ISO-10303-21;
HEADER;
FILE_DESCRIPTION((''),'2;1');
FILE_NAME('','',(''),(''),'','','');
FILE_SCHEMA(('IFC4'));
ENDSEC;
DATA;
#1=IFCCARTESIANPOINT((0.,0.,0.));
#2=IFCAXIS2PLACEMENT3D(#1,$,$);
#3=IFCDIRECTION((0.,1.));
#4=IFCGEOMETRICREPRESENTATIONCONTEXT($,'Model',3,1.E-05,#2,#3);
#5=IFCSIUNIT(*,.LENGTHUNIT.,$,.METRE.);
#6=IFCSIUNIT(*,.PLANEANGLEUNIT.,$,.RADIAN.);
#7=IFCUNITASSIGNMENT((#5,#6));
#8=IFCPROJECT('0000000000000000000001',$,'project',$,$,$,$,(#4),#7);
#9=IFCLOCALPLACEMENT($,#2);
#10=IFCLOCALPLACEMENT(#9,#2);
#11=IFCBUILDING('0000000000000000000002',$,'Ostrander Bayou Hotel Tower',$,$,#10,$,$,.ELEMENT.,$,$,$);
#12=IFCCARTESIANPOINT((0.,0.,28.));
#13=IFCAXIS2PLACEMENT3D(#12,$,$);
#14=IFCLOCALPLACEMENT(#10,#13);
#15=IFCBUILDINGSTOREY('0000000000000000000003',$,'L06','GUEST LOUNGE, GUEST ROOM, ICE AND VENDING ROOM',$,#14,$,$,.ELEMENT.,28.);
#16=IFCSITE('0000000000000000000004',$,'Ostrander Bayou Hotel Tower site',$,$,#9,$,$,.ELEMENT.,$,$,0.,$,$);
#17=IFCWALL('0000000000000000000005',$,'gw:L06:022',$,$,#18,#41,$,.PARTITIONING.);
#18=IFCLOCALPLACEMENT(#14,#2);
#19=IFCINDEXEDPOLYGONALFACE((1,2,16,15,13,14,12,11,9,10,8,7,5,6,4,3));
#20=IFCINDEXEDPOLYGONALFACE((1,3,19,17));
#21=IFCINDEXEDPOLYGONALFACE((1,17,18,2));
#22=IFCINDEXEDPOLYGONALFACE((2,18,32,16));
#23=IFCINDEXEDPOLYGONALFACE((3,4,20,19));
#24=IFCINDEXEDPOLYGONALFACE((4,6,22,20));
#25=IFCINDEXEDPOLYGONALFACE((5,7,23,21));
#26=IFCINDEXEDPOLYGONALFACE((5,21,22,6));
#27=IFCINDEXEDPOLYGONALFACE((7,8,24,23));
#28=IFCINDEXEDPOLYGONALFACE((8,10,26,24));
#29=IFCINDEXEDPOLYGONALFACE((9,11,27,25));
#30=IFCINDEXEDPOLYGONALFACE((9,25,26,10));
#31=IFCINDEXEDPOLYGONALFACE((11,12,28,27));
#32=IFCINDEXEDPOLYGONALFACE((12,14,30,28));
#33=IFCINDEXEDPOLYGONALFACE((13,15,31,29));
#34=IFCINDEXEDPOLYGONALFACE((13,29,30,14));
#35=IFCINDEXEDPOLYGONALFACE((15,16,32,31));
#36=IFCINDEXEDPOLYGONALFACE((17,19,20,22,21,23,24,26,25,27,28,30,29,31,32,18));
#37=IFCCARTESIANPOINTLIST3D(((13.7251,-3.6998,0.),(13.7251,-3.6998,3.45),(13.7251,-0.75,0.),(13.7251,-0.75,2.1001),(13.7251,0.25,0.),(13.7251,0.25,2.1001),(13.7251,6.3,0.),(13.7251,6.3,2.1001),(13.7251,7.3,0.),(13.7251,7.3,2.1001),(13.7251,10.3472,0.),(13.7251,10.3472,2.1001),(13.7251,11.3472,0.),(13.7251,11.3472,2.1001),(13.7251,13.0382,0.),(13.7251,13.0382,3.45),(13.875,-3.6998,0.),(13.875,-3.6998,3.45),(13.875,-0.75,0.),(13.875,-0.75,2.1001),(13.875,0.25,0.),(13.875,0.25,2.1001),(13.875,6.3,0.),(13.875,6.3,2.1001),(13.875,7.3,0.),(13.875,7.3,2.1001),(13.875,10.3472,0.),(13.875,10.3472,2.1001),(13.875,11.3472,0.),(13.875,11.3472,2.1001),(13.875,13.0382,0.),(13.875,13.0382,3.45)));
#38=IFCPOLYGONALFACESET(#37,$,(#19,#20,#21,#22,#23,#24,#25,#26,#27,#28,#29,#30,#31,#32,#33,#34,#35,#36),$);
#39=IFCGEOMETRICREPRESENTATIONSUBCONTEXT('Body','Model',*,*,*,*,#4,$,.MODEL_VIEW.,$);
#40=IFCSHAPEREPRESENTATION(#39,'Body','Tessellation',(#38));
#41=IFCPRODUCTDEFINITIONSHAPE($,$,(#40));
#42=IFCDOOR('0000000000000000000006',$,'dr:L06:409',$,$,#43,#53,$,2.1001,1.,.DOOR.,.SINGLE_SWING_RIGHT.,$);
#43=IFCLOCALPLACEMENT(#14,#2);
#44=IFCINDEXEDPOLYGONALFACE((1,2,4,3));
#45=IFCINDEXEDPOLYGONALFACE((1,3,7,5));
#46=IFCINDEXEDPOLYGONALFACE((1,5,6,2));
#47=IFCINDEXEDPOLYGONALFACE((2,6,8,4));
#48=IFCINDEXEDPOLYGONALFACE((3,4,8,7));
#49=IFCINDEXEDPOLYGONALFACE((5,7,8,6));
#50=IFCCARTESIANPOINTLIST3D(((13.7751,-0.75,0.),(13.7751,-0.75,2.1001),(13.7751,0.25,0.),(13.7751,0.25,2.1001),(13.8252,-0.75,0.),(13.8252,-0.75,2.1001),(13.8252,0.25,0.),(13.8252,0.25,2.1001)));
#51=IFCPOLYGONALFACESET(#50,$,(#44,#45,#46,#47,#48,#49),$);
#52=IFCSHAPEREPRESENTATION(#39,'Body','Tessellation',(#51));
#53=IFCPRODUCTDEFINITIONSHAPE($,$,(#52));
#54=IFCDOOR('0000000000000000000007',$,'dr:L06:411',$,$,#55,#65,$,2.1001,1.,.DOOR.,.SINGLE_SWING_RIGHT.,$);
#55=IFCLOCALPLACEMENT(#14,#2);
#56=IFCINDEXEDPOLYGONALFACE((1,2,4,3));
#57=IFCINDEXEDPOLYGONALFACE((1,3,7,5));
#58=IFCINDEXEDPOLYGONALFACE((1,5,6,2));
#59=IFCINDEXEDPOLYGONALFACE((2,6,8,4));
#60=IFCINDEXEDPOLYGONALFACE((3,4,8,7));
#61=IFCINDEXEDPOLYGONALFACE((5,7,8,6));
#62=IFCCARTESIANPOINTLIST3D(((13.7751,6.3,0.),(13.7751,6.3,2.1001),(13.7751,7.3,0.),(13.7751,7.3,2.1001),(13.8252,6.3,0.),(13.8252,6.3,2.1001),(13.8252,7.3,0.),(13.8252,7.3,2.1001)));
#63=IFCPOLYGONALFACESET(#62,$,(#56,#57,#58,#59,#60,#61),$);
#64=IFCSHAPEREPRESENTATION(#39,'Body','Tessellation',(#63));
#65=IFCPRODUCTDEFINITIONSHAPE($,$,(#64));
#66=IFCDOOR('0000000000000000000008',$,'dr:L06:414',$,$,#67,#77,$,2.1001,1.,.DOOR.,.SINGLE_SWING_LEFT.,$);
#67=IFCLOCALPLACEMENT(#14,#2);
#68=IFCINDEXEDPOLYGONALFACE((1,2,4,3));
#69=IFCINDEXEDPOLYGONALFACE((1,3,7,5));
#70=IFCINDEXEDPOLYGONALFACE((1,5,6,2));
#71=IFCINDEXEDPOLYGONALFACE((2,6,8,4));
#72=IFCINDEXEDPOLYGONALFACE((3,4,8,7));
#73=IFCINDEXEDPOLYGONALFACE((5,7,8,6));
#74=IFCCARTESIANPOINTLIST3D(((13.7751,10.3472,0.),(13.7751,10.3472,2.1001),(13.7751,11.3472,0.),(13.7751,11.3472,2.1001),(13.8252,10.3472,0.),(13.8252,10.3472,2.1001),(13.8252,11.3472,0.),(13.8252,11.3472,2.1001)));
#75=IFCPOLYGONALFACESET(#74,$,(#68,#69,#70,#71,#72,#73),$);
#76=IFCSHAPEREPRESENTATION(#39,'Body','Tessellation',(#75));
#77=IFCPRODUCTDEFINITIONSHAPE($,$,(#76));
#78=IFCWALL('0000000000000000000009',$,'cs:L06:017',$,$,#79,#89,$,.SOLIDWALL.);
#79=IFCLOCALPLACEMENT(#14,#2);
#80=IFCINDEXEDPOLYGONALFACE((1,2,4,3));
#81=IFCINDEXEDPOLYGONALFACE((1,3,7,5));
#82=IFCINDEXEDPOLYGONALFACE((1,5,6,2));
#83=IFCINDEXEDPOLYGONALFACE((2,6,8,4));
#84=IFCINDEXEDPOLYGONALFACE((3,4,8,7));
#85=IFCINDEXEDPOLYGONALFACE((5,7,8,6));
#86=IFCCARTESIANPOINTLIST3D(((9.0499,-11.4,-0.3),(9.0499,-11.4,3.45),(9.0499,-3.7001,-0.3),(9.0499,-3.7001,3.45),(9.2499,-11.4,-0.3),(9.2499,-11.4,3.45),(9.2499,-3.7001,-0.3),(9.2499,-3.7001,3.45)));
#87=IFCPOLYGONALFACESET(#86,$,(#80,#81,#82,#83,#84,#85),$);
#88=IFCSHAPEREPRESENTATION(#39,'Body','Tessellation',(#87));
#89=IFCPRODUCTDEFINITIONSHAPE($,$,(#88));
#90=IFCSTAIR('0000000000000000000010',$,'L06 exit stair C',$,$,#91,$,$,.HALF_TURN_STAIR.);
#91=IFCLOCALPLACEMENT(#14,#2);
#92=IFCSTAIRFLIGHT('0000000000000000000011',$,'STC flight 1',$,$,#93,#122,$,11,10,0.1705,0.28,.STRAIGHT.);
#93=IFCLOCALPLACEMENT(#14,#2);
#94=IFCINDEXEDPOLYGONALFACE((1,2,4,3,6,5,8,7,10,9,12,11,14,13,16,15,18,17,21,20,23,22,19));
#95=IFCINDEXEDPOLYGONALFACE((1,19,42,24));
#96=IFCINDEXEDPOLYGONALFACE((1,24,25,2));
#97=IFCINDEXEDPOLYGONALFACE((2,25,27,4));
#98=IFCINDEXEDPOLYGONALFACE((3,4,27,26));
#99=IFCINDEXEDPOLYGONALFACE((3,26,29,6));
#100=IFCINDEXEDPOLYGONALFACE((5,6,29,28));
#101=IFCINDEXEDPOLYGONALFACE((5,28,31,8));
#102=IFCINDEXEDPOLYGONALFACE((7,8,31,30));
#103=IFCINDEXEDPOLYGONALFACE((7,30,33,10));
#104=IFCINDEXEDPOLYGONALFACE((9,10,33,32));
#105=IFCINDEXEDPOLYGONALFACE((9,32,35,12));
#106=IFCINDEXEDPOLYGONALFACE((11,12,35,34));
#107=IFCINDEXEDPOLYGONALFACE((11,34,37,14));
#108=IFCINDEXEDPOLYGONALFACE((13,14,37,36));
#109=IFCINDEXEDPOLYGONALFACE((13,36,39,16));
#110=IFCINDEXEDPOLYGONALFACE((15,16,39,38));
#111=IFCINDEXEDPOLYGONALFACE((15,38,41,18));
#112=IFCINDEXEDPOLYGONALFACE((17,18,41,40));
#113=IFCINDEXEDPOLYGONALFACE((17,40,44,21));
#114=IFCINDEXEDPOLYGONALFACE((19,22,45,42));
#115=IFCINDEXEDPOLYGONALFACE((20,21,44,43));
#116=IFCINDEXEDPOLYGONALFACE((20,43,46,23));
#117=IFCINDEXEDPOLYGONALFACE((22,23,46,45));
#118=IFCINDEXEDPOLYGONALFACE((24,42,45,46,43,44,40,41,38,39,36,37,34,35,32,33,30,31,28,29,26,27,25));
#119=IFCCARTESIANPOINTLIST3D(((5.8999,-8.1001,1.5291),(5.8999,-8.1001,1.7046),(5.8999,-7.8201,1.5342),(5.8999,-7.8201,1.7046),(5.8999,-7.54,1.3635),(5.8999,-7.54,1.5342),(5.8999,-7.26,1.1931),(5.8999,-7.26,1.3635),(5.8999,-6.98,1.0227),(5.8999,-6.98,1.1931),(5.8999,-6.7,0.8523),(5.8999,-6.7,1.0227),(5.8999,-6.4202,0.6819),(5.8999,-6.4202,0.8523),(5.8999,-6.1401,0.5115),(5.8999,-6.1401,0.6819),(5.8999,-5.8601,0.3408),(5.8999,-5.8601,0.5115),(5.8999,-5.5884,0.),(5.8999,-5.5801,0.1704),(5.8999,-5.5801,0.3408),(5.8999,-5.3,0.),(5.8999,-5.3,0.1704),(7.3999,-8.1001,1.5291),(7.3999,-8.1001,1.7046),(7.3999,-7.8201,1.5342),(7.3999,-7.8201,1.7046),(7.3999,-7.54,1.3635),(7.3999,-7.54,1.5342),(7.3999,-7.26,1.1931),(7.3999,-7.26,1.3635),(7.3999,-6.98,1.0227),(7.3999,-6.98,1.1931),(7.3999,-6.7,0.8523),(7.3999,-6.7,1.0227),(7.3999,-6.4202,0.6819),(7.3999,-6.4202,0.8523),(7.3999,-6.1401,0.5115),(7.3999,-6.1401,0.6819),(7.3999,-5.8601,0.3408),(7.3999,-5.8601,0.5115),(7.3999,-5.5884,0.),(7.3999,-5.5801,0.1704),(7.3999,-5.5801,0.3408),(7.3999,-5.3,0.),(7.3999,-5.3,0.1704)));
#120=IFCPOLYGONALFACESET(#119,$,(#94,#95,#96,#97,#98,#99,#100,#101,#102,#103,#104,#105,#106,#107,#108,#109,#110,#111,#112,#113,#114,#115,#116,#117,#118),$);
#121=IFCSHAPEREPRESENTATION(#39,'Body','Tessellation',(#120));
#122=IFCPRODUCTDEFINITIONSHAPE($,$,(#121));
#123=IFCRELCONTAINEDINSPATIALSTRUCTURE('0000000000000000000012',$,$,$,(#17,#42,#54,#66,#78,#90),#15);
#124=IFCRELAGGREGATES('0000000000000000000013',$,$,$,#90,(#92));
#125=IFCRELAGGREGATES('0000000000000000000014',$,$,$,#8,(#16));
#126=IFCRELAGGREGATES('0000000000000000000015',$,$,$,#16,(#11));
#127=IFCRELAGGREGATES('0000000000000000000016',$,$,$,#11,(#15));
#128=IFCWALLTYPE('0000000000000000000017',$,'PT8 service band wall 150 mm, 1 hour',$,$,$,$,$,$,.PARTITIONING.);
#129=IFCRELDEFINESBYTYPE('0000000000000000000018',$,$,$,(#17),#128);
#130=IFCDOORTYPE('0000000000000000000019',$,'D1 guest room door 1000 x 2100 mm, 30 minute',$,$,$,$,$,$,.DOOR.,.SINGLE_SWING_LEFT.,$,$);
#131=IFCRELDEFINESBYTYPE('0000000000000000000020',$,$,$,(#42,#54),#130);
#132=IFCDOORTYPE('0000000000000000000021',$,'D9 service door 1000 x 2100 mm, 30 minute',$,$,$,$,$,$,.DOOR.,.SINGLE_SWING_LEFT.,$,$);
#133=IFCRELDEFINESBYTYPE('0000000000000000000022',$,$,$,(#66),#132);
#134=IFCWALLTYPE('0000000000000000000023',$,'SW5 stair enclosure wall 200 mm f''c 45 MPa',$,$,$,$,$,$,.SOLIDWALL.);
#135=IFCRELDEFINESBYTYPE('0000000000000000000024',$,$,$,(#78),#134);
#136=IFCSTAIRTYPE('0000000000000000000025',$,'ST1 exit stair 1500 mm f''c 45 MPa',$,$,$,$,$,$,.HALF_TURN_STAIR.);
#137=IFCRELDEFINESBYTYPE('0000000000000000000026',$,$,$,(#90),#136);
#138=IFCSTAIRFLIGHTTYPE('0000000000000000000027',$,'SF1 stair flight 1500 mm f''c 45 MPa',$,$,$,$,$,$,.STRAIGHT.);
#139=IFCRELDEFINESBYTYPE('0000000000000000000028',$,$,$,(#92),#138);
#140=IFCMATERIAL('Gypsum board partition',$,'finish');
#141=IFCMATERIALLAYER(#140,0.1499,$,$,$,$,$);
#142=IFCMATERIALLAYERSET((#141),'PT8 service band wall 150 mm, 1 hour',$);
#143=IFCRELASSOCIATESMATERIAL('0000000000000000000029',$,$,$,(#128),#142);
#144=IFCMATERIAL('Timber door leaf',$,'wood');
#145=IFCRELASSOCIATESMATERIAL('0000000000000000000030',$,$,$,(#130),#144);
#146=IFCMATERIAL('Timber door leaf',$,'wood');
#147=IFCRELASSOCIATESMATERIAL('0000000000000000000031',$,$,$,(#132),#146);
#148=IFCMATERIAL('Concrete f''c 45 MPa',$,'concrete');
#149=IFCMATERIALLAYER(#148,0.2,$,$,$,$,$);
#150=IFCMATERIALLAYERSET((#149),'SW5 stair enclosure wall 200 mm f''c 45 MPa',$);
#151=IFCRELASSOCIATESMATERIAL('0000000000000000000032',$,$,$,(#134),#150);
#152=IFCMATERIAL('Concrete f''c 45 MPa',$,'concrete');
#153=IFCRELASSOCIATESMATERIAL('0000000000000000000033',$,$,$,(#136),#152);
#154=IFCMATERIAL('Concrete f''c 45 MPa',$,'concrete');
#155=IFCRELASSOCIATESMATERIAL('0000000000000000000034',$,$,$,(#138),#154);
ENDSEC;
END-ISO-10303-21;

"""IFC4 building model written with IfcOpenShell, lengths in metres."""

from ifc_helpers import new_model, si_unit, direction, frame, frame_2d, origin, place, context, subcontext, project, spatial, polyline, rectangle, outline, extrude, material, layer, layer_set, type_object, element, fill, aggregate, save


model = new_model("IFC4")

# Units and contexts
model_context = context("Model", 3, precision=1e-05, world=origin(), true_north=direction((0.0, 1.0)))
body_context = subcontext(model_context, "Body", "Model", "MODEL_VIEW")
ifc_project = project(units=[si_unit("LENGTHUNIT", "METRE"), si_unit("PLANEANGLEUNIT", "RADIAN")], contexts=[model_context])

# Site, building, storey
site_placement = place(None, origin())
site = spatial("IfcSite", under=ifc_project, at=site_placement, Name="Ostrander Bayou Hotel Tower site", CompositionType="ELEMENT", RefElevation=0.0)
building_placement = place(site_placement, origin())
building = spatial("IfcBuilding", under=site, at=building_placement, Name="Ostrander Bayou Hotel Tower", CompositionType="ELEMENT")
storey_placement = place(building_placement, frame((0.0, 0.0, 28.0)))
storey = spatial("IfcBuildingStorey", under=building, at=storey_placement, Name="L06", Description="GUEST LOUNGE, GUEST ROOM, ICE AND VENDING ROOM", CompositionType="ELEMENT", Elevation=28.0)

# Shared definitions
ifc_material_1 = material(Name="Gypsum board partition", Category="finish")
ifc_layer_1 = layer(ifc_material_1, 0.1499)
ifc_layer_set_1 = layer_set([ifc_layer_1], Name="PT8 service band wall 150 mm, 1 hour")
wall_type_1 = type_object("IfcWallType", Name="PT8 service band wall 150 mm, 1 hour", PredefinedType="PARTITIONING", material=ifc_layer_set_1)

# Wall, openings, doors
wall_1_placement = place(storey_placement, frame((13.8, -3.7, 0.0), z_axis=(0.0, 0.0, 1.0), x_axis=(0.0, 1.0, 0.0)))
wall_1 = element("IfcWall", 1, at=wall_1_placement, inside=storey, type_object=wall_type_1, Name="gw:L06:022", PredefinedType="PARTITIONING", context=body_context, shape_type="SweptSolid", body=[
    extrude(rectangle(XDim=16.738, YDim=0.1499, at=frame_2d((8.3691, 0.0))), origin(), (0.0, 0.0, 1.0), 3.45),
])
opening_1_placement = place(wall_1_placement, frame((2.95, 0.0, 0.0)))
opening_1 = element("IfcOpeningElement", 2, at=opening_1_placement, cuts=wall_1, PredefinedType="OPENING", context=body_context, shape_type="SweptSolid", body=[
    extrude(rectangle(XDim=1.0, YDim=2.1001, at=frame_2d((0.5, 1.05))), frame((0.0, 0.075, 0.0), z_axis=(0.0, -1.0, 0.0), x_axis=(1.0, 0.0, 0.0)), (0.0, 0.0, 1.0), 0.1499),
])
opening_2_placement = place(wall_1_placement, frame((10.0, 0.0, 0.0)))
opening_2 = element("IfcOpeningElement", 3, at=opening_2_placement, cuts=wall_1, PredefinedType="OPENING", context=body_context, shape_type="SweptSolid", body=[
    extrude(rectangle(XDim=1.0, YDim=2.1001, at=frame_2d((0.5, 1.05))), frame((0.0, 0.075, 0.0), z_axis=(0.0, -1.0, 0.0), x_axis=(1.0, 0.0, 0.0)), (0.0, 0.0, 1.0), 0.1499),
])
opening_3_placement = place(wall_1_placement, frame((14.0471, 0.0, 0.0)))
opening_3 = element("IfcOpeningElement", 4, at=opening_3_placement, cuts=wall_1, PredefinedType="OPENING", context=body_context, shape_type="SweptSolid", body=[
    extrude(rectangle(XDim=1.0, YDim=2.1001, at=frame_2d((0.5, 1.05))), frame((0.0, 0.075, 0.0), z_axis=(0.0, -1.0, 0.0), x_axis=(1.0, 0.0, 0.0)), (0.0, 0.0, 1.0), 0.1499),
])
ifc_material_2 = material(Name="Timber door leaf", Category="wood")
door_type_1 = type_object("IfcDoorType", Name="D1 guest room door 1000 x 2100 mm, 30 minute", OperationType="SINGLE_SWING_LEFT", PredefinedType="DOOR", material=ifc_material_2)
door_1_placement = place(opening_1_placement, origin())
door_1 = element("IfcDoor", 5, at=door_1_placement, inside=storey, type_object=door_type_1, Name="dr:L06:409", OperationType="SINGLE_SWING_RIGHT", OverallHeight=2.1001, OverallWidth=1.0, PredefinedType="DOOR", context=body_context, shape_type="SweptSolid", body=[
    extrude(rectangle(XDim=1.0, YDim=2.1001, at=frame_2d((0.5, 1.05))), frame((0.0, 0.0249, 0.0), z_axis=(0.0, -1.0, 0.0), x_axis=(1.0, 0.0, 0.0)), (0.0, 0.0, 1.0), 0.05),
])
fill(opening_1, door_1)
door_2_placement = place(opening_2_placement, origin())
door_2 = element("IfcDoor", 6, at=door_2_placement, inside=storey, type_object=door_type_1, Name="dr:L06:411", OperationType="SINGLE_SWING_RIGHT", OverallHeight=2.1001, OverallWidth=1.0, PredefinedType="DOOR", context=body_context, shape_type="SweptSolid", body=[
    extrude(rectangle(XDim=1.0, YDim=2.1001, at=frame_2d((0.5, 1.05))), frame((0.0, 0.0249, 0.0), z_axis=(0.0, -1.0, 0.0), x_axis=(1.0, 0.0, 0.0)), (0.0, 0.0, 1.0), 0.05),
])
fill(opening_2, door_2)
ifc_material_3 = material(Name="Timber door leaf", Category="wood")
door_type_2 = type_object("IfcDoorType", Name="D9 service door 1000 x 2100 mm, 30 minute", OperationType="SINGLE_SWING_LEFT", PredefinedType="DOOR", material=ifc_material_3)
door_3_placement = place(opening_3_placement, origin())
door_3 = element("IfcDoor", 7, at=door_3_placement, inside=storey, type_object=door_type_2, Name="dr:L06:414", OperationType="SINGLE_SWING_LEFT", OverallHeight=2.1001, OverallWidth=1.0, PredefinedType="DOOR", context=body_context, shape_type="SweptSolid", body=[
    extrude(rectangle(XDim=1.0, YDim=2.1001, at=frame_2d((0.5, 1.05))), frame((0.0, 0.0249, 0.0), z_axis=(0.0, -1.0, 0.0), x_axis=(1.0, 0.0, 0.0)), (0.0, 0.0, 1.0), 0.05),
])
fill(opening_3, door_3)

# Wall
ifc_material_4 = material(Name="Concrete f'c 45 MPa", Category="concrete")
ifc_layer_2 = layer(ifc_material_4, 0.2)
ifc_layer_set_2 = layer_set([ifc_layer_2], Name="SW5 stair enclosure wall 200 mm f'c 45 MPa")
wall_type_2 = type_object("IfcWallType", Name="SW5 stair enclosure wall 200 mm f'c 45 MPa", PredefinedType="SOLIDWALL", material=ifc_layer_set_2)
wall_2_placement = place(storey_placement, frame((9.1499, -3.7, -0.3), z_axis=(0.0, 0.0, 1.0), x_axis=(0.0, -1.0, 0.0)))
element("IfcWall", 8, at=wall_2_placement, inside=storey, type_object=wall_type_2, Name="cs:L06:017", PredefinedType="SOLIDWALL", context=body_context, shape_type="SweptSolid", body=[
    extrude(rectangle(XDim=7.7, YDim=0.2, at=frame_2d((3.8501, 0.0))), origin(), (0.0, 0.0, 1.0), 3.75),
])

# Stair, stair flight
ifc_material_5 = material(Name="Concrete f'c 45 MPa", Category="concrete")
stair_type = type_object("IfcStairType", Name="ST1 exit stair 1500 mm f'c 45 MPa", PredefinedType="HALF_TURN_STAIR", material=ifc_material_5)
stair_placement = place(storey_placement, origin())
stair = element("IfcStair", 9, at=stair_placement, inside=storey, type_object=stair_type, Name="L06 exit stair C", PredefinedType="HALF_TURN_STAIR")
ifc_material_6 = material(Name="Concrete f'c 45 MPa", Category="concrete")
stair_flight_type = type_object("IfcStairFlightType", Name="SF1 stair flight 1500 mm f'c 45 MPa", PredefinedType="STRAIGHT", material=ifc_material_6)
stair_flight_placement = place(storey_placement, frame((6.6499, -5.3, 0.0), z_axis=(0.0, 0.0, 1.0), x_axis=(0.0, -1.0, 0.0)))
stair_flight = element("IfcStairFlight", 10, at=stair_flight_placement, type_object=stair_flight_type, Name="STC flight 1", NumberOfRisers=11, NumberOfTreads=10, PredefinedType="STRAIGHT", RiserHeight=0.1705, TreadLength=0.28, context=body_context, shape_type="SweptSolid", body=[
    extrude(outline(polyline([(0.0, 0.0), (0.0, 0.1704), (0.28, 0.1704), (0.28, 0.3408), (0.5601, 0.3408), (0.5601, 0.5115), (0.8401, 0.5115), (0.8401, 0.6819), (1.1201, 0.6819), (1.1201, 0.8523), (1.3999, 0.8523), (1.3999, 1.0227), (1.6799, 1.0227), (1.6799, 1.1931), (1.96, 1.1931), (1.96, 1.3635), (2.24, 1.3635), (2.24, 1.5342), (2.52, 1.5342), (2.52, 1.7046), (2.8, 1.7046), (2.8, 1.875), (2.8, 1.5291), (0.2883, 0.0), (0.0, 0.0)])), frame((0.0, 0.75, 0.0), z_axis=(0.0, -1.0, 0.0), x_axis=(1.0, 0.0, 0.0)), (0.0, 0.0, 1.0), 1.5),
])
aggregate(stair, [stair_flight])

save(model, "model.ifc")
